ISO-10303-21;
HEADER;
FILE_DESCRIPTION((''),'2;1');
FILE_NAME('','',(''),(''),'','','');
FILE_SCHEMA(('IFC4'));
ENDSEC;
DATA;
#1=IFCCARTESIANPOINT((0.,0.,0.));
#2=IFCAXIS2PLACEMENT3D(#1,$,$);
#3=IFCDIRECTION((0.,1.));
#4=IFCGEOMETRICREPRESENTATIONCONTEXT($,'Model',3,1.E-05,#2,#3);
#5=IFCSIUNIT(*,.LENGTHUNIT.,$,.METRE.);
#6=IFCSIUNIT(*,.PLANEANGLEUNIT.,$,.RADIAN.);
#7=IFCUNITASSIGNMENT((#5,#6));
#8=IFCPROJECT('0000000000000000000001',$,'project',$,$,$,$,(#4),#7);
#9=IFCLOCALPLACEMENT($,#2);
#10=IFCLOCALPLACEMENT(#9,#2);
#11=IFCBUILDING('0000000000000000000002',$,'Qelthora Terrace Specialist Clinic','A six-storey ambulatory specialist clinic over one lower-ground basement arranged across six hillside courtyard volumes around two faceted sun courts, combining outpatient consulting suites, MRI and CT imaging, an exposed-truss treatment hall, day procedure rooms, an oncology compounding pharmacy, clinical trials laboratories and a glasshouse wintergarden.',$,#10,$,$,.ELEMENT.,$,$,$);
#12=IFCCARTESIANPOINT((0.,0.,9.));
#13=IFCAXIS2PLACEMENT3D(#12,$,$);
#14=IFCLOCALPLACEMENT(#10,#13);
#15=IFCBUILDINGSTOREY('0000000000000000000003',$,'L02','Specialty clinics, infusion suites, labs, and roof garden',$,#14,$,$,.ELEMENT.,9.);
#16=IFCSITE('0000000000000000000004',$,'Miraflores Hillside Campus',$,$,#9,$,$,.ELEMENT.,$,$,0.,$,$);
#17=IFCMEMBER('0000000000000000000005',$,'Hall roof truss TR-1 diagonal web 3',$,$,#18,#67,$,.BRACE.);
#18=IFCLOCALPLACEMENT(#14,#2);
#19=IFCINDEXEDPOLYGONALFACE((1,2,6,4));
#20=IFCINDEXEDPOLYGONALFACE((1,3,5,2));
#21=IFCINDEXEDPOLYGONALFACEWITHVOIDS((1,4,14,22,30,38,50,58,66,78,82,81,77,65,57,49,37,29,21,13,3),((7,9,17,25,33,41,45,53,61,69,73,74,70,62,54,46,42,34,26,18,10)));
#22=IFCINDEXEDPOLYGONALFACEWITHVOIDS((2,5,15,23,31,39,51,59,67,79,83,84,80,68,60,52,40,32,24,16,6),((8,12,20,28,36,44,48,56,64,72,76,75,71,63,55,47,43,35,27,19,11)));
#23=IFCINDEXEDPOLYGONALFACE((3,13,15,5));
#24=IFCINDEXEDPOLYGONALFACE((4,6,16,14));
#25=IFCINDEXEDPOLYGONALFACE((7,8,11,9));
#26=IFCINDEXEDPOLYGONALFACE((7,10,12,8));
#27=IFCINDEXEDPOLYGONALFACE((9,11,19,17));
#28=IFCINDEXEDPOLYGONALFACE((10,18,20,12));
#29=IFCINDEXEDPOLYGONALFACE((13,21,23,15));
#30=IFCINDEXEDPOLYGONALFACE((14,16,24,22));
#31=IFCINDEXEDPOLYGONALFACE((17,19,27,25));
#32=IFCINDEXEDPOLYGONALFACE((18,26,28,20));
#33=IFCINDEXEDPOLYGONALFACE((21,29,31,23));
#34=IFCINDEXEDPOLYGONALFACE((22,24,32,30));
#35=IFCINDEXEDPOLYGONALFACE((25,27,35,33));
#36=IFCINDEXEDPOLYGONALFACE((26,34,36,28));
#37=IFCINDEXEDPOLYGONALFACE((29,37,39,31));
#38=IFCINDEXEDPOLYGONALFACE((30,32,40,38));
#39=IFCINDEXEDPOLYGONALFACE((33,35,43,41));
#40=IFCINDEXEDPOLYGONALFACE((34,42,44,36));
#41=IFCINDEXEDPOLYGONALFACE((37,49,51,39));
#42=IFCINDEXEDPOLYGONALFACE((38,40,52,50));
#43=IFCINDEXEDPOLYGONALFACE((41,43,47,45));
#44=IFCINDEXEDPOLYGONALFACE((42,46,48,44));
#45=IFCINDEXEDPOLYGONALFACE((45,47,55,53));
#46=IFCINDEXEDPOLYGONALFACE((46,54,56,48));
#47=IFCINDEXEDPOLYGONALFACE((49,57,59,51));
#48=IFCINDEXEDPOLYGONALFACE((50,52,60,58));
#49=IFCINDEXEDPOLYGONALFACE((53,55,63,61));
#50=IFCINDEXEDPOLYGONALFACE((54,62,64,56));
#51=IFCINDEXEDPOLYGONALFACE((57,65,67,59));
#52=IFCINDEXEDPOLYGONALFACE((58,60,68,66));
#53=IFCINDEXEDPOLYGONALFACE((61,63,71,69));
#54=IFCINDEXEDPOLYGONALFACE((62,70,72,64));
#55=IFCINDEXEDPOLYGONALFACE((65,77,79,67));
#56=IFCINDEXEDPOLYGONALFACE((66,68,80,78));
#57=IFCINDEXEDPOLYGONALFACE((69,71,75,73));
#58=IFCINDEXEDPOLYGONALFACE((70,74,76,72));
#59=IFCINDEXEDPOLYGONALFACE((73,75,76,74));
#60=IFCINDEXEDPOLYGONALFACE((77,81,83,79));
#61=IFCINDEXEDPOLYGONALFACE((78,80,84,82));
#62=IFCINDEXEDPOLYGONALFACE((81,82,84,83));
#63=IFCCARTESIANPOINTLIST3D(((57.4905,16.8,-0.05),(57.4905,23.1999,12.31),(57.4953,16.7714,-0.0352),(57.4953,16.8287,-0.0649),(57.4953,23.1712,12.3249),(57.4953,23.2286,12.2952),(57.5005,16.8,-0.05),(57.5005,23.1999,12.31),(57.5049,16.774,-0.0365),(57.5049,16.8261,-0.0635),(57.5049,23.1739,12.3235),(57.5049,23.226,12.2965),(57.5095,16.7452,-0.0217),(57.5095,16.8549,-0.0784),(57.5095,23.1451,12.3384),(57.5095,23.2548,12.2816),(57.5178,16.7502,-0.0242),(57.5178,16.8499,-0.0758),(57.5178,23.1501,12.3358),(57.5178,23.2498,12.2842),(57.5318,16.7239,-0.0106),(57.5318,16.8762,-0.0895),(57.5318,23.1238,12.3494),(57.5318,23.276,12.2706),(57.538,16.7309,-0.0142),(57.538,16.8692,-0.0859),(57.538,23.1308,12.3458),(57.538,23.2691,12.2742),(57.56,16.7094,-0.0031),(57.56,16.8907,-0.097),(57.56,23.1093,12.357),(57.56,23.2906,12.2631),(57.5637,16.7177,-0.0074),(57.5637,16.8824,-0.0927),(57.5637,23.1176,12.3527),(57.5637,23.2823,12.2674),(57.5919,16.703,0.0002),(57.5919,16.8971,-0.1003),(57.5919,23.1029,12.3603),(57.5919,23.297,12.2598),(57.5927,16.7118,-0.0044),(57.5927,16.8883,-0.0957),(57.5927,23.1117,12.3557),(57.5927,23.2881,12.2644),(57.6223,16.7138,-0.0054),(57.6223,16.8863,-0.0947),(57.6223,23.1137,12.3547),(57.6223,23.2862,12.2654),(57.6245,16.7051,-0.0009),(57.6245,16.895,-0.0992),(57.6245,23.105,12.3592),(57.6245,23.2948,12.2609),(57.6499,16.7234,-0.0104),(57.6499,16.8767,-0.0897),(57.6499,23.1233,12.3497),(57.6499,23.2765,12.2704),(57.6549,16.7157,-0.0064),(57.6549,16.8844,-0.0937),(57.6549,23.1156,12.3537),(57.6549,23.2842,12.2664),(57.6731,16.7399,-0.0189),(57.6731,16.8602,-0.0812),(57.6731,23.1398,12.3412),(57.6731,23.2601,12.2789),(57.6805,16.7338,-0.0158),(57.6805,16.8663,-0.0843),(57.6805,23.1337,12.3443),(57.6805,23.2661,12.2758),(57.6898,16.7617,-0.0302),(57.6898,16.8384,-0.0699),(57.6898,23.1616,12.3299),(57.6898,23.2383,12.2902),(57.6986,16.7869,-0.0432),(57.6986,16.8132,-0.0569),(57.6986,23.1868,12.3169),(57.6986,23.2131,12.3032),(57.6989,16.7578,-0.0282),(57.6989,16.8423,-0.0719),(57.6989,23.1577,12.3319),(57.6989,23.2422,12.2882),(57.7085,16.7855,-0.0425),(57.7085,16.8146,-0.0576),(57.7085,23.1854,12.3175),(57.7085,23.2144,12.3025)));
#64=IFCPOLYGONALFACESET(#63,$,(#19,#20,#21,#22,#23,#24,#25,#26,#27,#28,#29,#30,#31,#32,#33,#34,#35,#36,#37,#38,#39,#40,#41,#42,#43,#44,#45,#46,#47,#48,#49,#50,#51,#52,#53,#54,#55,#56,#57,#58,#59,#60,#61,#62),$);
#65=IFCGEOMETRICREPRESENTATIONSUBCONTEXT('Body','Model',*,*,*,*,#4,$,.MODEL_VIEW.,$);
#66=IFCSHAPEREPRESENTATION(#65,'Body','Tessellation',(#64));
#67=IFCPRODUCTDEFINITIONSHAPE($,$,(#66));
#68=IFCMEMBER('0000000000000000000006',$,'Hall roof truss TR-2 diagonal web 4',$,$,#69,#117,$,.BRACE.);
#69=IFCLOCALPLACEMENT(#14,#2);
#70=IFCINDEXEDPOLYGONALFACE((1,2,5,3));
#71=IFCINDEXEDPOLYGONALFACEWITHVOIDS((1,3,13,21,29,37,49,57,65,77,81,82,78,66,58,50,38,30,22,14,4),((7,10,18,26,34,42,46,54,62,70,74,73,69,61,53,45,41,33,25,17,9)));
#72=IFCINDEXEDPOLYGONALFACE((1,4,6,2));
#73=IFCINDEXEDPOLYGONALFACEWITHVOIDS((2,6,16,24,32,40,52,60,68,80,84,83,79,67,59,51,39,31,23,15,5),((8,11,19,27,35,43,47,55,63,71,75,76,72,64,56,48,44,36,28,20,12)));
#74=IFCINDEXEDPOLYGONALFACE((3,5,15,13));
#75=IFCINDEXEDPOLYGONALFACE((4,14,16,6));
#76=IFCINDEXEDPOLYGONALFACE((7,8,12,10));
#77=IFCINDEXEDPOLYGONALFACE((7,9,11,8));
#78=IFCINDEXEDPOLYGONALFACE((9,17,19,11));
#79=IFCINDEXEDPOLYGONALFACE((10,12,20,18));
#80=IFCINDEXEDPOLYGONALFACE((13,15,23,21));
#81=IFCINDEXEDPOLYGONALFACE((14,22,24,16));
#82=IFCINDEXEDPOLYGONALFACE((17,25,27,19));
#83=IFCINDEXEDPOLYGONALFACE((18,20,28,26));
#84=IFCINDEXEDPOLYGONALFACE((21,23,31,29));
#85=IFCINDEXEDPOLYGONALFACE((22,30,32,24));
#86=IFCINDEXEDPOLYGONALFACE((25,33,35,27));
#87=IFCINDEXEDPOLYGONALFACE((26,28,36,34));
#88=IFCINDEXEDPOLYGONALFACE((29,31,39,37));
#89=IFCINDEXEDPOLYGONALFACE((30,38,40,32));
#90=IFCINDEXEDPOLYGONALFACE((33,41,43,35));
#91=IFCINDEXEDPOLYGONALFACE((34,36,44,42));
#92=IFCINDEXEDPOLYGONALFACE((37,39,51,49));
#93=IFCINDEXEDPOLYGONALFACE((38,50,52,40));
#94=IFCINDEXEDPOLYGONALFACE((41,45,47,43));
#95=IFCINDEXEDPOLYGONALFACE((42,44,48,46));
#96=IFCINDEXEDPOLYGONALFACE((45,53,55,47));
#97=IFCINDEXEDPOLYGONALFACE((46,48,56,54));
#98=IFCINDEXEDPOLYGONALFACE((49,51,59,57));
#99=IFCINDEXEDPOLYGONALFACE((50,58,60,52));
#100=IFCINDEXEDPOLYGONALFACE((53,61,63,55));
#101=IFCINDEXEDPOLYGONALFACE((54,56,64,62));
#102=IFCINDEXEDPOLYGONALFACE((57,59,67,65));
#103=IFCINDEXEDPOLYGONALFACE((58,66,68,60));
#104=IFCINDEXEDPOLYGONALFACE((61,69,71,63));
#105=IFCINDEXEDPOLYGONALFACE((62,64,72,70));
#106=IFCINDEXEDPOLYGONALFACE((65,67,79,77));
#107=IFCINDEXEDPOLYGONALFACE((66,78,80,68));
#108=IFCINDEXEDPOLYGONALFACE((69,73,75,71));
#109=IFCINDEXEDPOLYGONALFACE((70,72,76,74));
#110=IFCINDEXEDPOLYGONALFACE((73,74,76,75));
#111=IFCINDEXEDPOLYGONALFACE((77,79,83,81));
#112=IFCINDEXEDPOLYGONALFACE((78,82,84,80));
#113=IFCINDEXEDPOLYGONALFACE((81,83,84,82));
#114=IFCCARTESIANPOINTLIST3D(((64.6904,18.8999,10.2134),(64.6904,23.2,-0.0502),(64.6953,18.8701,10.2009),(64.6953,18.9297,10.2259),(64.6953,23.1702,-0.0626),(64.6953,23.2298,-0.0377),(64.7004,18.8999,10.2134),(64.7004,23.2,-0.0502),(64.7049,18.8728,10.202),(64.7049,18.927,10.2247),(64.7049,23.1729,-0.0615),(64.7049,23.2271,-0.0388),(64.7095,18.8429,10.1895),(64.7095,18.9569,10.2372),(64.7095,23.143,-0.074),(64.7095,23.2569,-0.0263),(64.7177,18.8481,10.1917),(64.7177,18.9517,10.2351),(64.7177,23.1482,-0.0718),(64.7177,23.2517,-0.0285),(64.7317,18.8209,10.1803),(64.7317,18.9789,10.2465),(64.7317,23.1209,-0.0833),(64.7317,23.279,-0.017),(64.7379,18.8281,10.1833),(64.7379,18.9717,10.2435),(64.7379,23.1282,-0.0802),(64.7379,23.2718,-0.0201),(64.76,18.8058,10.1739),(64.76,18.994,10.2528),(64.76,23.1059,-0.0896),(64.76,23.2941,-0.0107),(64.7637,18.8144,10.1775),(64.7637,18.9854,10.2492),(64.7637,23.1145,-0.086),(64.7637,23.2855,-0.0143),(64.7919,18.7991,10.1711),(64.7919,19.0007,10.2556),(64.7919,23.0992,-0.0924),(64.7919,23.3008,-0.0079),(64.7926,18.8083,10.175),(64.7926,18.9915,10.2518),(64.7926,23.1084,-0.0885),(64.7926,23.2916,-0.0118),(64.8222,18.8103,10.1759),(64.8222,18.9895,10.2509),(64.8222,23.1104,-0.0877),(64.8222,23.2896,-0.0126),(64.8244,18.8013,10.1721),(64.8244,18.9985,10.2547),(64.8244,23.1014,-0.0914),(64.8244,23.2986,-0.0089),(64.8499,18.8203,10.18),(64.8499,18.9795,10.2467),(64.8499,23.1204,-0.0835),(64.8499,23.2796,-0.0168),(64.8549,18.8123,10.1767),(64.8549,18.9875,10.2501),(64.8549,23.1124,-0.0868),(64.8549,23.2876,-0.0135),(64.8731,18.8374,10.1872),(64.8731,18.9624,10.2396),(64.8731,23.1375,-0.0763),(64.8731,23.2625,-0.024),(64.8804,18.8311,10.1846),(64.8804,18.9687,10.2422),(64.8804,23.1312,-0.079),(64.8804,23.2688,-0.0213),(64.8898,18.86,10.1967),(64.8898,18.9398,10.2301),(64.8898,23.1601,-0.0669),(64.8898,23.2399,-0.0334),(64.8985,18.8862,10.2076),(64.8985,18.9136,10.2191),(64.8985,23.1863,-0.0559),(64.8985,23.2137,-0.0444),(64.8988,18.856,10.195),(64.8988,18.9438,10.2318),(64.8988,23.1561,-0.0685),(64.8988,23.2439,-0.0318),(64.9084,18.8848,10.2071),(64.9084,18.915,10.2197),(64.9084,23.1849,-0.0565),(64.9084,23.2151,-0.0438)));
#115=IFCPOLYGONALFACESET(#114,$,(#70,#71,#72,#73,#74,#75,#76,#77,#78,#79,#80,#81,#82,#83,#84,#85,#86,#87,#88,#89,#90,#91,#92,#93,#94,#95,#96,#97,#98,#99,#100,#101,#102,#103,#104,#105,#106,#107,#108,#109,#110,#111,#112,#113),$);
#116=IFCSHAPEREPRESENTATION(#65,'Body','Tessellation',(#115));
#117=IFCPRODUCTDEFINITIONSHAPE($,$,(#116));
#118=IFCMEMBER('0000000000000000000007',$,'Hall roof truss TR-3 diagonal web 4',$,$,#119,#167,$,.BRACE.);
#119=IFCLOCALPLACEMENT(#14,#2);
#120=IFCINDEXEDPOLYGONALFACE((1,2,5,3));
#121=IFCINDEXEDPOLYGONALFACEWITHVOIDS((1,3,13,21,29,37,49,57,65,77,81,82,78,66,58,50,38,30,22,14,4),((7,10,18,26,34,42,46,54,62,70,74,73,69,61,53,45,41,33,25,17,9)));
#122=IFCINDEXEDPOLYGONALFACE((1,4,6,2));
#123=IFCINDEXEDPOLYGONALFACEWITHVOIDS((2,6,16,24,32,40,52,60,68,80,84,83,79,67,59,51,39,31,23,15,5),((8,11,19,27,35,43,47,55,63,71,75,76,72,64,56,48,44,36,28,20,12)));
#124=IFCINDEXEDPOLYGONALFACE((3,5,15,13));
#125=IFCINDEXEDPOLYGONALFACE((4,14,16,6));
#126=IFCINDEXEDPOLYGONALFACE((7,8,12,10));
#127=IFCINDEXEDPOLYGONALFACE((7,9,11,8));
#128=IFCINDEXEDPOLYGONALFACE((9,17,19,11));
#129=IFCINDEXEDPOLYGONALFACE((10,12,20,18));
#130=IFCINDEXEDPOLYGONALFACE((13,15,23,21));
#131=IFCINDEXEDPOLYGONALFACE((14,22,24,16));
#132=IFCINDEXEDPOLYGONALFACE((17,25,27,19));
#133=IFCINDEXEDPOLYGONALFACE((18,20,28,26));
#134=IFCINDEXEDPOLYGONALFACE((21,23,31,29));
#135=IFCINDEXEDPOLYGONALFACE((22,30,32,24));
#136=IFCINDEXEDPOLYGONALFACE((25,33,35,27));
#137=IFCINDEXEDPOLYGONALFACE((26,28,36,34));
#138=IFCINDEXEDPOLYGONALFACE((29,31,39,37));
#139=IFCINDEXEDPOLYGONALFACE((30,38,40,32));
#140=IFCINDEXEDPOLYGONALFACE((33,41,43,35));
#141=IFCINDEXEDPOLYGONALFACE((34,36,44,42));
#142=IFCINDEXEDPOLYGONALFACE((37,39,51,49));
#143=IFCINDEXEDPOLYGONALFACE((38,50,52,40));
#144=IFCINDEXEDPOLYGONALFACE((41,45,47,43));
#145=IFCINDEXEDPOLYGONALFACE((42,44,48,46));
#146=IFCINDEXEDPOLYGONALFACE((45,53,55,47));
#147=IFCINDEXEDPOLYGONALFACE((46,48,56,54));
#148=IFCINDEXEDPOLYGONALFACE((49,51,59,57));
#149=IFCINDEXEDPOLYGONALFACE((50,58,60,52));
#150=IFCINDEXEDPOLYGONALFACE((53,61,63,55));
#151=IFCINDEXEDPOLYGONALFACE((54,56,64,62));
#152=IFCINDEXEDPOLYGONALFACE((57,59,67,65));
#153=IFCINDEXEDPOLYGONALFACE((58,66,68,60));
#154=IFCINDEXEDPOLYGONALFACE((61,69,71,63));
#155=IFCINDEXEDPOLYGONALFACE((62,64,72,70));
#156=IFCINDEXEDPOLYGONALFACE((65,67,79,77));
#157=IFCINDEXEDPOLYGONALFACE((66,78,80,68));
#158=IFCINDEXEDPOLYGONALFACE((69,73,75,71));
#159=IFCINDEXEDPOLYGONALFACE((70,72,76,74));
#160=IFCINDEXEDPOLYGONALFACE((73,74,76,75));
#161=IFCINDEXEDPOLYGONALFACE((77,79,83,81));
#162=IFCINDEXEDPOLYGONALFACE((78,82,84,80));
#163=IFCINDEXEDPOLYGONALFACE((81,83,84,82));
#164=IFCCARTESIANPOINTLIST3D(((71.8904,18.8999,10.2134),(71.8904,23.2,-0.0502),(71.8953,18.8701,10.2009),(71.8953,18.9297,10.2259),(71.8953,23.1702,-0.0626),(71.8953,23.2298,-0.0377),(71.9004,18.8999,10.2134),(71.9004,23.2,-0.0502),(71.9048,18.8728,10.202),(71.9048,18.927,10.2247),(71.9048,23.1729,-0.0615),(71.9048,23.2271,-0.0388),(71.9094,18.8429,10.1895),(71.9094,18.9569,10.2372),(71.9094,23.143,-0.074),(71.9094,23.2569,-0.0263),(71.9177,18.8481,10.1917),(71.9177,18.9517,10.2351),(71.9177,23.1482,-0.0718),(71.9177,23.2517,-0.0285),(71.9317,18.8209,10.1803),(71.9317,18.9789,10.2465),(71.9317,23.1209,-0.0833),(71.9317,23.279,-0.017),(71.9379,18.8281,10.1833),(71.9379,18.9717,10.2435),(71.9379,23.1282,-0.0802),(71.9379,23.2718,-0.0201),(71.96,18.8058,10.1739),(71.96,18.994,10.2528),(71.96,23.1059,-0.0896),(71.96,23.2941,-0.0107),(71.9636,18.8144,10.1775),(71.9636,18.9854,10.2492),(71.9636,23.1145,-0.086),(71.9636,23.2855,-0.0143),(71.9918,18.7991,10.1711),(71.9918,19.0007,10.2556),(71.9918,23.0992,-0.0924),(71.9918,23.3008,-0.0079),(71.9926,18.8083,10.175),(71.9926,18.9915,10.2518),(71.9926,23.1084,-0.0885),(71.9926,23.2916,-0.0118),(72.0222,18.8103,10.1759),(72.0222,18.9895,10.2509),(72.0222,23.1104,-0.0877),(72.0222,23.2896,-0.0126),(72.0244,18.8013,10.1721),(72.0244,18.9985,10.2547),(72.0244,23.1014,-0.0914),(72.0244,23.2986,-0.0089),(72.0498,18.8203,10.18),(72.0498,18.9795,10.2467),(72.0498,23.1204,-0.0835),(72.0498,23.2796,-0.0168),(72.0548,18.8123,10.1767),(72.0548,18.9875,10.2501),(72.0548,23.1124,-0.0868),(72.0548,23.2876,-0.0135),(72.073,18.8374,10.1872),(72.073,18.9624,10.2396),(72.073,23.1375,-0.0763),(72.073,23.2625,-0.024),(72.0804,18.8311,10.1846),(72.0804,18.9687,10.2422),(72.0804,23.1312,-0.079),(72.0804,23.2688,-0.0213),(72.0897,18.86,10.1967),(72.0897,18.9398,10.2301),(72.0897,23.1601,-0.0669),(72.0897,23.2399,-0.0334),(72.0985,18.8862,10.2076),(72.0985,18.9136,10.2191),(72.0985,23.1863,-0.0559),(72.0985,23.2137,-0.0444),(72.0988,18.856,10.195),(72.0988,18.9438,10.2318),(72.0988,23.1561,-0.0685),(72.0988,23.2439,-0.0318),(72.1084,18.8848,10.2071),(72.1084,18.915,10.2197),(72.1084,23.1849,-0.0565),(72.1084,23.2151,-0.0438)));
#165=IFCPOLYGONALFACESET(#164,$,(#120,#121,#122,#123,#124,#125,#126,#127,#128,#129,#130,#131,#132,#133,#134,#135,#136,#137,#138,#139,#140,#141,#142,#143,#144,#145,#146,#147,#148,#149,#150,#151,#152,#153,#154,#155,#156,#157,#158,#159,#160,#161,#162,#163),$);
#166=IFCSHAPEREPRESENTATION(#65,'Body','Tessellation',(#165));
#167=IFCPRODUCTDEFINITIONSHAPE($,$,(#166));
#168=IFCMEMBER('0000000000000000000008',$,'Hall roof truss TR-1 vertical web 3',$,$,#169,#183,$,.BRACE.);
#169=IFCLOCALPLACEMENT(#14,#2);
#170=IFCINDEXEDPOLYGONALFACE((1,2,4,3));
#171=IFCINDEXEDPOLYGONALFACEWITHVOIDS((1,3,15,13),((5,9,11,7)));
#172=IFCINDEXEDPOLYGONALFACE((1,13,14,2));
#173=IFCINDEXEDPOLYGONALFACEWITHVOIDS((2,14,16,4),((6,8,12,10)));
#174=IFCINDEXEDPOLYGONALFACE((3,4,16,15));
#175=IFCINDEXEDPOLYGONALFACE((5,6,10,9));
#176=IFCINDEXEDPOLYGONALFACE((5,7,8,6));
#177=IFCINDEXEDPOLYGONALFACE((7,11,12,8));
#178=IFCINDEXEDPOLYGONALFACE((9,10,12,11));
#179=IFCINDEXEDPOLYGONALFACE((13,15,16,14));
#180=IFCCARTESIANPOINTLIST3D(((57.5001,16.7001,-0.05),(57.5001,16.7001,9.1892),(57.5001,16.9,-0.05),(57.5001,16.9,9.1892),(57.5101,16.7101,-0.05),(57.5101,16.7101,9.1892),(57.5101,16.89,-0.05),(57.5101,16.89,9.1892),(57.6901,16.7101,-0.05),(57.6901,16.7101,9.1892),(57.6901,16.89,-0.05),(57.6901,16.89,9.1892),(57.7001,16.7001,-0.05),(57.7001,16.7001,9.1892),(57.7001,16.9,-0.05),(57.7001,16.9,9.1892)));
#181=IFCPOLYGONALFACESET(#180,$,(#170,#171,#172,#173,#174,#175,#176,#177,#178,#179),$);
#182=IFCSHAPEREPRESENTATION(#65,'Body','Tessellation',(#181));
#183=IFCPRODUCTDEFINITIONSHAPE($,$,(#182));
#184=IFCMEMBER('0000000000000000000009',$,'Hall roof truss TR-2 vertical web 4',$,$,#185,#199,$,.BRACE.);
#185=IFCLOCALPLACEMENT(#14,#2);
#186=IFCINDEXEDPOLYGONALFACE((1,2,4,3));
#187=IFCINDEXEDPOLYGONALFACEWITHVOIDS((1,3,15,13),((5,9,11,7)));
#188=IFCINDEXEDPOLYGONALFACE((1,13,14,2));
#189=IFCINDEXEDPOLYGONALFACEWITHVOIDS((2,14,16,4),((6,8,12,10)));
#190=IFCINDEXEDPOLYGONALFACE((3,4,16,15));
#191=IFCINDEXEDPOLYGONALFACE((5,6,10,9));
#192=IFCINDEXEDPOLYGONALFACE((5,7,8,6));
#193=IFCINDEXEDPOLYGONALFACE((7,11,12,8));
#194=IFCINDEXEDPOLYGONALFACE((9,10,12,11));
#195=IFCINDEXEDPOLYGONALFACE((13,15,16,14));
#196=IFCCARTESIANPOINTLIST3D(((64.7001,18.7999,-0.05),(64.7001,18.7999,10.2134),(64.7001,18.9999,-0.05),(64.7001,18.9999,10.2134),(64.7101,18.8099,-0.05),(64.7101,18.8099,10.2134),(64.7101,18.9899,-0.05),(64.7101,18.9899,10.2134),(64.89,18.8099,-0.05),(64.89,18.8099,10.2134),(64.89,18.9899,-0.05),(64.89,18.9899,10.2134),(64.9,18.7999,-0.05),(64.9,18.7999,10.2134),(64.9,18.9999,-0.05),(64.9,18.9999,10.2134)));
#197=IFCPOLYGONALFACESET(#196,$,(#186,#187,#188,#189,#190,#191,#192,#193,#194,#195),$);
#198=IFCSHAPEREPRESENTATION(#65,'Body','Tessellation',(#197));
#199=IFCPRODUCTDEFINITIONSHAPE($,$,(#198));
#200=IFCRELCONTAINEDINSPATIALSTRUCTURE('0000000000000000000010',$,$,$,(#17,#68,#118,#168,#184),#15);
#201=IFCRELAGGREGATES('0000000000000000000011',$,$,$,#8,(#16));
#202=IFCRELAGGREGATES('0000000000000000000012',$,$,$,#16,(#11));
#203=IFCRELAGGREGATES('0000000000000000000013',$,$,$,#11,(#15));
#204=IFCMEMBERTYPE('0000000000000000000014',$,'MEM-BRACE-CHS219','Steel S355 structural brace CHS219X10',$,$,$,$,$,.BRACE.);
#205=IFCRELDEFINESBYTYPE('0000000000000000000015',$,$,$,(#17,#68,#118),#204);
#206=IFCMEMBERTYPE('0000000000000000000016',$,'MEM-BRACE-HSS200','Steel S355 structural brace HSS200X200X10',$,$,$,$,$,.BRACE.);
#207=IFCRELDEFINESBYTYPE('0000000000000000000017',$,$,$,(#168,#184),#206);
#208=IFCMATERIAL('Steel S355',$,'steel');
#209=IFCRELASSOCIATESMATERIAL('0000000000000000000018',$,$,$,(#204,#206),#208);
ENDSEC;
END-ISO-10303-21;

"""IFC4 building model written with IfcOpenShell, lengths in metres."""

from ifc_helpers import new_model, si_unit, direction, frame, origin, origin_2d, place, context, subcontext, project, spatial, hollow_rectangle, hollow_circle, extrude, material, material_profile, profile_set, type_object, element, save


model = new_model("IFC4")

# Units and contexts
model_context = context("Model", 3, precision=1e-05, world=origin(), true_north=direction((0.0, 1.0)))
body_context = subcontext(model_context, "Body", "Model", "MODEL_VIEW")
ifc_project = project(units=[si_unit("LENGTHUNIT", "METRE"), si_unit("PLANEANGLEUNIT", "RADIAN")], contexts=[model_context])

# Site, building, storey
site_placement = place(None, origin())
site = spatial("IfcSite", under=ifc_project, at=site_placement, Name="Miraflores Hillside Campus", CompositionType="ELEMENT", RefElevation=0.0)
building_placement = place(site_placement, origin())
building = spatial("IfcBuilding", under=site, at=building_placement, Name="Qelthora Terrace Specialist Clinic", Description="A six-storey ambulatory specialist clinic over one lower-ground basement arranged across six hillside courtyard volumes around two faceted sun courts, combining outpatient consulting suites, MRI and CT imaging, an exposed-truss treatment hall, day procedure rooms, an oncology compounding pharmacy, clinical trials laboratories and a glasshouse wintergarden.", CompositionType="ELEMENT")
storey_placement = place(building_placement, frame((0.0, 0.0, 9.0)))
storey = spatial("IfcBuildingStorey", under=building, at=storey_placement, Name="L02", Description="Specialty clinics, infusion suites, labs, and roof garden", CompositionType="ELEMENT", Elevation=9.0)

# Members
ifc_material = material(Name="Steel S355", Category="steel")
ifc_material_profile_1 = material_profile(ifc_material, hollow_circle(Radius=0.1096, WallThickness=0.01, at=origin_2d()), Name="CHS219X10")
ifc_profile_set_1 = profile_set([ifc_material_profile_1], Name="Steel S355")
member_type_1 = type_object("IfcMemberType", Name="MEM-BRACE-CHS219", Description="Steel S355 structural brace CHS219X10", PredefinedType="BRACE", material=ifc_profile_set_1)
member_1_placement = place(storey_placement, frame((57.6001, 16.8, -0.05), z_axis=(0.0, 0.459805, 0.88802), x_axis=(-1.0, 0.0, 0.0)))
element("IfcMember", 1, at=member_1_placement, inside=storey, type_object=member_type_1, Name="Hall roof truss TR-1 diagonal web 3", PredefinedType="BRACE", context=body_context, shape_type="SweptSolid", body=[
    extrude(hollow_circle(Radius=0.1096, WallThickness=0.01, at=origin_2d()), origin(), (0.0, 0.0, 1.0), 13.9187),
])
for number, where, z_axis, x_axis, name in (
    (2, (64.8, 18.8999, 10.2134), (0.0, 0.386423, -0.922322), (-1.0, 0.0, 0.0), "Hall roof truss TR-2 diagonal web 4"),
    (3, (72.0, 18.8999, 10.2134), (0.0, 0.386423, -0.922322), (-1.0, 0.0, 0.0), "Hall roof truss TR-3 diagonal web 4"),
):
    element("IfcMember", number, at=place(storey_placement, frame(where, z_axis=z_axis, x_axis=x_axis)), inside=storey, type_object=member_type_1, Name=name, PredefinedType="BRACE", context=body_context, shape_type="SweptSolid", body=[
        extrude(hollow_circle(Radius=0.1096, WallThickness=0.01, at=origin_2d()), origin(), (0.0, 0.0, 1.0), 11.1279),
    ])
ifc_material_profile_2 = material_profile(ifc_material, hollow_rectangle(XDim=0.2, YDim=0.2, WallThickness=0.01, at=origin_2d()), Name="HSS200X200X10")
ifc_profile_set_2 = profile_set([ifc_material_profile_2], Name="Steel S355")
member_type_2 = type_object("IfcMemberType", Name="MEM-BRACE-HSS200", Description="Steel S355 structural brace HSS200X200X10", PredefinedType="BRACE", material=ifc_profile_set_2)
member_2_placement = place(storey_placement, frame((57.6001, 16.8, -0.05), z_axis=(0.0, 0.0, 1.0), x_axis=(1.0, 0.0, 0.0)))
element("IfcMember", 4, at=member_2_placement, inside=storey, type_object=member_type_2, Name="Hall roof truss TR-1 vertical web 3", PredefinedType="BRACE", context=body_context, shape_type="SweptSolid", body=[
    extrude(hollow_rectangle(XDim=0.2, YDim=0.2, WallThickness=0.01, at=origin_2d()), origin(), (0.0, 0.0, 1.0), 9.2393),
])
for number, where, z_axis, x_axis, name in (
    (5, (64.8, 18.8999, -0.05), (0.0, 0.0, 1.0), (1.0, 0.0, 0.0), "Hall roof truss TR-2 vertical web 4"),
):
    element("IfcMember", number, at=place(storey_placement, frame(where, z_axis=z_axis, x_axis=x_axis)), inside=storey, type_object=member_type_2, Name=name, PredefinedType="BRACE", context=body_context, shape_type="SweptSolid", body=[
        extrude(hollow_rectangle(XDim=0.2, YDim=0.2, WallThickness=0.01, at=origin_2d()), origin(), (0.0, 0.0, 1.0), 10.2634),
    ])

save(model, "model.ifc")
